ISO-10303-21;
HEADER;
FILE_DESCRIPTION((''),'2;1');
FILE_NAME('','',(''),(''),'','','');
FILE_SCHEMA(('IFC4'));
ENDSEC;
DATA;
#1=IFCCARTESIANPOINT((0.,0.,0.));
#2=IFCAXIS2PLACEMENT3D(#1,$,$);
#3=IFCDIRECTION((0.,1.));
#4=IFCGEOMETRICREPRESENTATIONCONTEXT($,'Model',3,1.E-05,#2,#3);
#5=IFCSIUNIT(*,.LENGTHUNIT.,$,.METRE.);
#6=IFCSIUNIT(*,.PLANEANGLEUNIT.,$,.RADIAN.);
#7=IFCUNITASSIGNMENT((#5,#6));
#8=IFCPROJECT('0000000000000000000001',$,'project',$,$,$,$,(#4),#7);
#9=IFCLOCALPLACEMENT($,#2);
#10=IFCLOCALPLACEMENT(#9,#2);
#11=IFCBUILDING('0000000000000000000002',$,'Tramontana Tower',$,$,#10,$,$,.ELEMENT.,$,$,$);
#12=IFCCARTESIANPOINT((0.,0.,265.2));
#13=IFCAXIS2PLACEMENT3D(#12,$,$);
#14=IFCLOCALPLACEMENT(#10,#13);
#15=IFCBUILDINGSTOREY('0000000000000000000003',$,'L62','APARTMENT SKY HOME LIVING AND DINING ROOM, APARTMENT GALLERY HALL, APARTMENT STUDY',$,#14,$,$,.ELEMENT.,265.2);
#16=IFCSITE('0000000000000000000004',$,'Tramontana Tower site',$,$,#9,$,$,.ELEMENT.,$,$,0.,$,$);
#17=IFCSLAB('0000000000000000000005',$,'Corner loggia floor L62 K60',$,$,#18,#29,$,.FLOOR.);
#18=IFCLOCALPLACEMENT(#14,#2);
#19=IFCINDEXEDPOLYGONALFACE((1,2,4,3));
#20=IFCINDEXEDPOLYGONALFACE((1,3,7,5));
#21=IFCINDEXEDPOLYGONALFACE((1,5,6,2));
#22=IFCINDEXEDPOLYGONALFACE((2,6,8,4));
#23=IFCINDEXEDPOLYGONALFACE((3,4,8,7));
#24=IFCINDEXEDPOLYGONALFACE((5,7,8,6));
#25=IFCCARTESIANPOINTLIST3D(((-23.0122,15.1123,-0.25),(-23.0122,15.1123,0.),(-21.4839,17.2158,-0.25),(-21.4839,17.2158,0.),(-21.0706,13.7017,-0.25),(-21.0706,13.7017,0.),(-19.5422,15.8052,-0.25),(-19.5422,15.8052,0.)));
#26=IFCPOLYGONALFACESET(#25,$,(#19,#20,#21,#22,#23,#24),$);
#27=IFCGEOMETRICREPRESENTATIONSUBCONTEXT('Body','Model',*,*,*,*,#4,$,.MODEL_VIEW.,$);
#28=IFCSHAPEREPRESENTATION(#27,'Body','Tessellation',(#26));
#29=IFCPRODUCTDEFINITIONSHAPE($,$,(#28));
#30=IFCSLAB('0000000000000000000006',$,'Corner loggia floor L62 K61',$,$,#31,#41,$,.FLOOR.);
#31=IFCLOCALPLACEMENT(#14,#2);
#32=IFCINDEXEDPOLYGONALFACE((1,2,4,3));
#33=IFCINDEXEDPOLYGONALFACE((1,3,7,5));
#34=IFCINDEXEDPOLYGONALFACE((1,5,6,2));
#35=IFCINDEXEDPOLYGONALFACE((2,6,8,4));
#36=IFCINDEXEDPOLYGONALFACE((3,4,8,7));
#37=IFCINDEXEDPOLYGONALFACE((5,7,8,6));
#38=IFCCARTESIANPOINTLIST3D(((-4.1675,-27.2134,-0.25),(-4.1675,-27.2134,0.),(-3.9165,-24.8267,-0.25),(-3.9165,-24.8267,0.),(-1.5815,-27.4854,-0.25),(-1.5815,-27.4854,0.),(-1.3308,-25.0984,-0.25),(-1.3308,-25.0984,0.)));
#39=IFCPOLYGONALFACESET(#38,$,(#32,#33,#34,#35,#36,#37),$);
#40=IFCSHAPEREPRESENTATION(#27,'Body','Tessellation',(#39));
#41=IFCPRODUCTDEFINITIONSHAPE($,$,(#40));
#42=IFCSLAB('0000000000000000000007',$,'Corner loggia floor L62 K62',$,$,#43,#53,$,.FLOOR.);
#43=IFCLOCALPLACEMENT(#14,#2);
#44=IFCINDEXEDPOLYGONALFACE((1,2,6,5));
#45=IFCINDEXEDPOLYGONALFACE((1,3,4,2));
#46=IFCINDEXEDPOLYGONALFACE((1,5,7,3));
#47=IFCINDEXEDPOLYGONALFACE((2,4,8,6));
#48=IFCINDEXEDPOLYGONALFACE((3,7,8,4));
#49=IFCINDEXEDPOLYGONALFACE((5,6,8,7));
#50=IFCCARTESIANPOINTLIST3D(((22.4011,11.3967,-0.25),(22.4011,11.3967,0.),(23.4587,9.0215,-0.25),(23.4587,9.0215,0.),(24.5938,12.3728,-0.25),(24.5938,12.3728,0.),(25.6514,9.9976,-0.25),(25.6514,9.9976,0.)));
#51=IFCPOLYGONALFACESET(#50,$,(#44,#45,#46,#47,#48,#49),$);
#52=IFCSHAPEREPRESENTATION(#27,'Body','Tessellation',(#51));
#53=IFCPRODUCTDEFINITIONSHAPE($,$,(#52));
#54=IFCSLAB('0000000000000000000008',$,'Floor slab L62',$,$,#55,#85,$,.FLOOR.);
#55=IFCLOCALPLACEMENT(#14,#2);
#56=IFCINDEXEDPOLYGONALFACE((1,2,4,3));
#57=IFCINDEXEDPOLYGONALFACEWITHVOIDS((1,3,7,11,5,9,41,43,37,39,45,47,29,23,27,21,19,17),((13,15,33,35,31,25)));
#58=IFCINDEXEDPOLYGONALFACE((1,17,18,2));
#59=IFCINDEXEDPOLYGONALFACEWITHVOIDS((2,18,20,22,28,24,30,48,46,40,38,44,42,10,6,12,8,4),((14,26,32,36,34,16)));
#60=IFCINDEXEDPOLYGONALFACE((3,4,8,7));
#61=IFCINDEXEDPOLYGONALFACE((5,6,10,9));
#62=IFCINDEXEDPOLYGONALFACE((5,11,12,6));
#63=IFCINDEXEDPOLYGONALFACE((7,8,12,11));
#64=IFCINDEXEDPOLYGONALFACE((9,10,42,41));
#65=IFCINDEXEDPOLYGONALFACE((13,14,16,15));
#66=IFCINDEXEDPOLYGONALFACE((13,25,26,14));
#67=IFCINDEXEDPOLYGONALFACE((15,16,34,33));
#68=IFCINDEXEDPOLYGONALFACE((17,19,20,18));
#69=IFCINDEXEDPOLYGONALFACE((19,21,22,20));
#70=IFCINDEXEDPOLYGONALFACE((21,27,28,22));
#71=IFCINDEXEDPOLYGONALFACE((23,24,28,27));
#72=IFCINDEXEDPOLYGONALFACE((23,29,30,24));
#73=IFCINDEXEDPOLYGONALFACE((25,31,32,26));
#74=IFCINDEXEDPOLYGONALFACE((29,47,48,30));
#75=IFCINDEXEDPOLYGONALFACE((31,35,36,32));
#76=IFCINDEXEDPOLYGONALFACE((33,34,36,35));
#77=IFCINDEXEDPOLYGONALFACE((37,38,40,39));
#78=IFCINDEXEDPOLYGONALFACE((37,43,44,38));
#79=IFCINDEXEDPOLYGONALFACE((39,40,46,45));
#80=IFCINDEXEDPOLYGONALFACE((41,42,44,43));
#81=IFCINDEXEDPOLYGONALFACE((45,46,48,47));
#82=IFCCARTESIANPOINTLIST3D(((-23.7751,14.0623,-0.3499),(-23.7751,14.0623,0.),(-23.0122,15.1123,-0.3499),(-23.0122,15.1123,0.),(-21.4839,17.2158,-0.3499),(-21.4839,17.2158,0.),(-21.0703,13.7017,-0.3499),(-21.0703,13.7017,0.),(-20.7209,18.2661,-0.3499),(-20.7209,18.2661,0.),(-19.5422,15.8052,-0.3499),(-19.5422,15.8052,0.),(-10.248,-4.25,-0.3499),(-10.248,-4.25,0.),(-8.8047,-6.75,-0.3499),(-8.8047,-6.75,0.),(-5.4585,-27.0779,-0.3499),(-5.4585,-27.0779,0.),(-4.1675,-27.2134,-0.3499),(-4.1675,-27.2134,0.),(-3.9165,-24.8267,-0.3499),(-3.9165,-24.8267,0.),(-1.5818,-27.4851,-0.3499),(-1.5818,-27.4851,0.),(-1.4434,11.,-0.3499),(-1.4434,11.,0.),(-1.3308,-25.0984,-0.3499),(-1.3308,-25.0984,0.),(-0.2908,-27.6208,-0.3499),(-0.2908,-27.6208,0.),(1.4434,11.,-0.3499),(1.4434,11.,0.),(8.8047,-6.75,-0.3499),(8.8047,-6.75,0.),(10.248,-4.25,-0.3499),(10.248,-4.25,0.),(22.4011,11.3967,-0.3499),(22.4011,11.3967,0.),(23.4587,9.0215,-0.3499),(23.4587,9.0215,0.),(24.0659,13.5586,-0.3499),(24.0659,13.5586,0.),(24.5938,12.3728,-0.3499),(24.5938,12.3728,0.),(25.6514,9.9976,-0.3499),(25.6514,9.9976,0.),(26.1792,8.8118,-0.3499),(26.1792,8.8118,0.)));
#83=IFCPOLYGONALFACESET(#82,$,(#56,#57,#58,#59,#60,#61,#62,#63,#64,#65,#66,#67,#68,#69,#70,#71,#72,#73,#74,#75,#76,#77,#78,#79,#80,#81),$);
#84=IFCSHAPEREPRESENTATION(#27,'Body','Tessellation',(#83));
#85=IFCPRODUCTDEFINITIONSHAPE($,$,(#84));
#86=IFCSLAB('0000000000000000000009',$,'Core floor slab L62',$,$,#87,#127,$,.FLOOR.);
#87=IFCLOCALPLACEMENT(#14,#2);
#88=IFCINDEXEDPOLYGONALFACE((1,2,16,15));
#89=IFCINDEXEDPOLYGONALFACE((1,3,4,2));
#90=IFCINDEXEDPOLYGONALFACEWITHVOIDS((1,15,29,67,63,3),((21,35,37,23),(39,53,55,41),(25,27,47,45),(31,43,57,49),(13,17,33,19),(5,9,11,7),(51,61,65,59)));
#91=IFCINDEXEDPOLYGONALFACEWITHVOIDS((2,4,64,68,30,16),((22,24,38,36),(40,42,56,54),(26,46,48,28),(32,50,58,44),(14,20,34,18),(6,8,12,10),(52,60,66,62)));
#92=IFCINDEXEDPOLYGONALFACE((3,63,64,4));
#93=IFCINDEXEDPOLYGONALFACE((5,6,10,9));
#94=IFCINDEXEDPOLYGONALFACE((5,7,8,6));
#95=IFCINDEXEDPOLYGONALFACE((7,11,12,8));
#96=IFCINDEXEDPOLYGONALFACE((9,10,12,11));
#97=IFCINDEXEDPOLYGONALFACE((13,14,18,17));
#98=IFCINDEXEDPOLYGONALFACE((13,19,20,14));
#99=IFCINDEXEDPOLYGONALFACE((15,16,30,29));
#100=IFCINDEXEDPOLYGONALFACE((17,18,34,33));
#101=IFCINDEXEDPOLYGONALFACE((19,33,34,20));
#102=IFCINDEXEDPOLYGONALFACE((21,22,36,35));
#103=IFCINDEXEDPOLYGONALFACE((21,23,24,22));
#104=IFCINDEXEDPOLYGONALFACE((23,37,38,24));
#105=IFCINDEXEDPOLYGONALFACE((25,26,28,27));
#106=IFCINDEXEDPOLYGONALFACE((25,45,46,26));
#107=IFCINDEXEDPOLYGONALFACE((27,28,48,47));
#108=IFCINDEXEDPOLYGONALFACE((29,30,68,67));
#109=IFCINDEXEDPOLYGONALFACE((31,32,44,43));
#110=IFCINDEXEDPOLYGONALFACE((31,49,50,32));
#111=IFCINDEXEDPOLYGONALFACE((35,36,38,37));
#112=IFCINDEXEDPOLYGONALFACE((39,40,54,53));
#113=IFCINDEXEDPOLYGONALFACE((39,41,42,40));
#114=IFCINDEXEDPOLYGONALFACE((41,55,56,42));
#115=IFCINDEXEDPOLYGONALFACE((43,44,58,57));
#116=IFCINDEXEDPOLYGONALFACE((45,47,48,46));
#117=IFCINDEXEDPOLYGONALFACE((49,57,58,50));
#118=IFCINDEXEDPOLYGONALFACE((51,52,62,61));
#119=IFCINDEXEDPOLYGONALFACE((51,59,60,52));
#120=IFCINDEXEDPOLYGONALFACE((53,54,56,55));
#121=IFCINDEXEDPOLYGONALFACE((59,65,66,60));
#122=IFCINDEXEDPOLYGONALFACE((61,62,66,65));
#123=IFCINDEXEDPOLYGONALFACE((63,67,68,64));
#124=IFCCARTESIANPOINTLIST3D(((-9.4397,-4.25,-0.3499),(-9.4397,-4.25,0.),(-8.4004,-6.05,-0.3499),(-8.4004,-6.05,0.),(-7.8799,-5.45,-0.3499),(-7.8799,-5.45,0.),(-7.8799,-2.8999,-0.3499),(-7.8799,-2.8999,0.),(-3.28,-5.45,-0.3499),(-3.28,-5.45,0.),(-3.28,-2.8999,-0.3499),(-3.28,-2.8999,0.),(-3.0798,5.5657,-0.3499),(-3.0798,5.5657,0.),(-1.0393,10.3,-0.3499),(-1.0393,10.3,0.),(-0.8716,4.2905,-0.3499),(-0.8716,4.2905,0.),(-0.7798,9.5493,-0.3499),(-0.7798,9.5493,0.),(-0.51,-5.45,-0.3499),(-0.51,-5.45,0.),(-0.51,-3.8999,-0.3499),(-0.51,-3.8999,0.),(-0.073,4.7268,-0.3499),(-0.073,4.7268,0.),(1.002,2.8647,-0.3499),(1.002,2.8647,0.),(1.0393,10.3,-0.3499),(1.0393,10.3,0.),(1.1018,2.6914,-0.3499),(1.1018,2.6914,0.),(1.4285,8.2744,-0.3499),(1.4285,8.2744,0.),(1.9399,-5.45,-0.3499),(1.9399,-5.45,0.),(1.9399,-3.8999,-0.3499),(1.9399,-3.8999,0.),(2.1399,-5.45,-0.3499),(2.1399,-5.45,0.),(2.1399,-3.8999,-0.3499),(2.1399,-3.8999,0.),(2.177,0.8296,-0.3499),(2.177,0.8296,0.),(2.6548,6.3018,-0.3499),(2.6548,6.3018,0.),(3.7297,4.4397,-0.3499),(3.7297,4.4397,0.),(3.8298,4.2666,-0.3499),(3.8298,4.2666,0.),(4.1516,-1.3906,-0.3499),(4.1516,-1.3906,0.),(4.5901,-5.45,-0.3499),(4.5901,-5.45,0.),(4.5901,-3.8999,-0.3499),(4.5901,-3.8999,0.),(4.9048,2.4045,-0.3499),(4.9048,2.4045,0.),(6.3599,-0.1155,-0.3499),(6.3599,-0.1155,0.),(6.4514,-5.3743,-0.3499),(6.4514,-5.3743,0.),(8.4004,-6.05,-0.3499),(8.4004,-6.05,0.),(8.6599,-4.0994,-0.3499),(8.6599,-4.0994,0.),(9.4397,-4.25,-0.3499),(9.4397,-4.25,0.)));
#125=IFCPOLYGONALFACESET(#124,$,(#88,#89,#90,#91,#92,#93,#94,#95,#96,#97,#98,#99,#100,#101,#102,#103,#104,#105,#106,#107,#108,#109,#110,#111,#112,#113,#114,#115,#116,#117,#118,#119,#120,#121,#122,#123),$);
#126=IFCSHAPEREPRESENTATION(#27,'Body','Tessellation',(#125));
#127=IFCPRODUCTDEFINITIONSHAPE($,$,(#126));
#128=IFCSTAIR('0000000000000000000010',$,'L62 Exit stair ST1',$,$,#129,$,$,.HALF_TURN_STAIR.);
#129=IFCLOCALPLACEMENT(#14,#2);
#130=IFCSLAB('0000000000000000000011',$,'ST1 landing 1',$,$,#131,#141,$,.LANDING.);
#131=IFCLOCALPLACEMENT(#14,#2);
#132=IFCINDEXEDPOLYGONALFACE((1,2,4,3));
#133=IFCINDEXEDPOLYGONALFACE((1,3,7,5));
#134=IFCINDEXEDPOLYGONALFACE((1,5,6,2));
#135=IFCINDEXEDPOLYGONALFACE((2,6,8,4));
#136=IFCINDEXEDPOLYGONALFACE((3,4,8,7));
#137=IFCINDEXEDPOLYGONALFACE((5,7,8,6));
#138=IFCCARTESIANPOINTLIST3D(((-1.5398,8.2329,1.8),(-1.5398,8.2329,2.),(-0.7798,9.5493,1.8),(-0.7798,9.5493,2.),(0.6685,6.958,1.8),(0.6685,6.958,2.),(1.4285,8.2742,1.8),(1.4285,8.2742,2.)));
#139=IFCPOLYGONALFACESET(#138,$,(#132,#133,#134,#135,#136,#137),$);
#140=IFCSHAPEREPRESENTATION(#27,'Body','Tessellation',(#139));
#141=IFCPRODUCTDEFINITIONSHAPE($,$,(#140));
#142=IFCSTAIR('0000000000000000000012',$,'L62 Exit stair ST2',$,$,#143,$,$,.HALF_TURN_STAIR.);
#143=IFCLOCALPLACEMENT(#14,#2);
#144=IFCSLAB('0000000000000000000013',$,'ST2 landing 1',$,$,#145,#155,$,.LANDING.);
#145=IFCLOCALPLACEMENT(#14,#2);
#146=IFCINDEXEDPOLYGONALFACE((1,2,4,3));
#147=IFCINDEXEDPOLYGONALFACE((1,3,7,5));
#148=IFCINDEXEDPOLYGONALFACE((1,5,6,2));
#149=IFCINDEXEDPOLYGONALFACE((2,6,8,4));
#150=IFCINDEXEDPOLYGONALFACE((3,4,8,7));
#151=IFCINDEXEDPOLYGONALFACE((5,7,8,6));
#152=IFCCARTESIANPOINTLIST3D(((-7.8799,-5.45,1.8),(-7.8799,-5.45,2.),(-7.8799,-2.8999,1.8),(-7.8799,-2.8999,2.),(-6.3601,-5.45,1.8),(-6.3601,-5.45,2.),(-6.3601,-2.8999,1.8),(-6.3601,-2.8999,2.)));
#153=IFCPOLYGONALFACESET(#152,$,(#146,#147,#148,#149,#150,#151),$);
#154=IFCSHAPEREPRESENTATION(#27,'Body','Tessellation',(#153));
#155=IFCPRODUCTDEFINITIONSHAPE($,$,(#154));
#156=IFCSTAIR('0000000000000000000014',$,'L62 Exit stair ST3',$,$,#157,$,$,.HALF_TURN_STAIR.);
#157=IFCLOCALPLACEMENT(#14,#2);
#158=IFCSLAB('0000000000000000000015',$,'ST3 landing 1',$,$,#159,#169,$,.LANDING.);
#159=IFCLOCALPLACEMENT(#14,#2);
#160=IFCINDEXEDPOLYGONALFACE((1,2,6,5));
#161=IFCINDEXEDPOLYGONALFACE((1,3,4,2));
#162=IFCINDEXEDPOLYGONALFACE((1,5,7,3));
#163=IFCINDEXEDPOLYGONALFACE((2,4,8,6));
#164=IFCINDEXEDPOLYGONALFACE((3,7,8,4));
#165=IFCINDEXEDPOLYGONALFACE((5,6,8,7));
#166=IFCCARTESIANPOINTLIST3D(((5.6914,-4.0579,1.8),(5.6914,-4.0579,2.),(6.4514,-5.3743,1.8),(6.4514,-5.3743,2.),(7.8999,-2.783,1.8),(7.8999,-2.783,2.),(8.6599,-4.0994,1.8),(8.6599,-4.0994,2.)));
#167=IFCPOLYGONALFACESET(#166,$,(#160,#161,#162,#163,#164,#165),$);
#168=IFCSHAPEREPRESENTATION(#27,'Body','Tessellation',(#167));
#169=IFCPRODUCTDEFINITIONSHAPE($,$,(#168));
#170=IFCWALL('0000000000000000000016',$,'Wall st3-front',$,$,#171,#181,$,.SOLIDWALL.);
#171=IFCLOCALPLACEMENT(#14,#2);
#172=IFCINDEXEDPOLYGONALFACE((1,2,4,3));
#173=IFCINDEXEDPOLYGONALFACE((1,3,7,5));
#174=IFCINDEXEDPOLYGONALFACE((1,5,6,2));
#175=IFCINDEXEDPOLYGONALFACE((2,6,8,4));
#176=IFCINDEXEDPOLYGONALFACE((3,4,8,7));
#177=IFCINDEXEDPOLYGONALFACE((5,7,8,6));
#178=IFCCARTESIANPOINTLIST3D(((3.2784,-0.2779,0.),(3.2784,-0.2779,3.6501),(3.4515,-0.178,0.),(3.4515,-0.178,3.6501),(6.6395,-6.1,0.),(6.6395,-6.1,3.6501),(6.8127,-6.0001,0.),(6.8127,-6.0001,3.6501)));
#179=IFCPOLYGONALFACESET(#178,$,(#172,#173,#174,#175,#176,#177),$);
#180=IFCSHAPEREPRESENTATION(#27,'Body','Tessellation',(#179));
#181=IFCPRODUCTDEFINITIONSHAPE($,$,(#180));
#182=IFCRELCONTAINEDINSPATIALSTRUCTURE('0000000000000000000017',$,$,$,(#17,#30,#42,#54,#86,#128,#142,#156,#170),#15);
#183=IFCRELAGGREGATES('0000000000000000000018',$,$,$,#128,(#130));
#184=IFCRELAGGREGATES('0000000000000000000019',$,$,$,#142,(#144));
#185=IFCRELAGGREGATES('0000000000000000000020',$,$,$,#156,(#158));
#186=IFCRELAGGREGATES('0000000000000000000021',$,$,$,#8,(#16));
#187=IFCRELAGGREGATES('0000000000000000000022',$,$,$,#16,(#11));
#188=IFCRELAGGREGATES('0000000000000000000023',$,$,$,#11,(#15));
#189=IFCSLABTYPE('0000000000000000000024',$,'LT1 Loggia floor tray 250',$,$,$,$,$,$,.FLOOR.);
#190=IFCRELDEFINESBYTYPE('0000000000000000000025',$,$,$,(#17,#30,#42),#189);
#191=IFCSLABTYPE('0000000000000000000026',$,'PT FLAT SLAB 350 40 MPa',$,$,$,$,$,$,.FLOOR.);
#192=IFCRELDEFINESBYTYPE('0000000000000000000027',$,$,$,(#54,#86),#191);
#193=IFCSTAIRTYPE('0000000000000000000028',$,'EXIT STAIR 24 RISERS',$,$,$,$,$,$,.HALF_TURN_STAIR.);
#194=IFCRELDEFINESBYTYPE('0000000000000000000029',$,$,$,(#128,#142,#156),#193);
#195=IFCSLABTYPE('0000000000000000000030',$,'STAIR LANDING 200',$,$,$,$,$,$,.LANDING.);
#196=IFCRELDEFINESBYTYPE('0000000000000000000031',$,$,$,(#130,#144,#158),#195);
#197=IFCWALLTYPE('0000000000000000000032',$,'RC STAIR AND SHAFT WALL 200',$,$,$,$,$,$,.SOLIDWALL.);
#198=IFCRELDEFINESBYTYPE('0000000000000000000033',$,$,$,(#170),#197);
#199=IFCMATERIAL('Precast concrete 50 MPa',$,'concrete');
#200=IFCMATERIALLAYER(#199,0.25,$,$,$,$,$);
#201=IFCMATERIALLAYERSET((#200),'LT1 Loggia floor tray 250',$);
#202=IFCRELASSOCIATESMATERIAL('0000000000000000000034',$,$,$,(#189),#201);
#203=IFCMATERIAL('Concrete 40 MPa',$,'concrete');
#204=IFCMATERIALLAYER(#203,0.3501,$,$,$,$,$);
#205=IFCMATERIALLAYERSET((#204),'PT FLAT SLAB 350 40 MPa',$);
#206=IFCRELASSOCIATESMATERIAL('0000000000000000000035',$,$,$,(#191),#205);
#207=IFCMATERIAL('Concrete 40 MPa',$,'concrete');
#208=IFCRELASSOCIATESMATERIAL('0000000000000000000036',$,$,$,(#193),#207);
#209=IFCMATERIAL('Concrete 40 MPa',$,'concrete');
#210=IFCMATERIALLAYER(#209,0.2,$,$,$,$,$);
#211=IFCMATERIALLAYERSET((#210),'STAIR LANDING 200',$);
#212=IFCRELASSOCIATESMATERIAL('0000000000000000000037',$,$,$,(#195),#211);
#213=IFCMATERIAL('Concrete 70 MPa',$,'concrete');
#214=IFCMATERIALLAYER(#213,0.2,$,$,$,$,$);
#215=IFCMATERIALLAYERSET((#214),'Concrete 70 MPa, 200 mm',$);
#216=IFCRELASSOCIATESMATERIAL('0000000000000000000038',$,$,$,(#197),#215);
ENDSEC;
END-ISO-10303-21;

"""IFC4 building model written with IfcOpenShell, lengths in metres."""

from ifc_helpers import new_model, si_unit, direction, frame, frame_2d, origin, place, context, subcontext, project, spatial, polyline, rectangle, outline, extrude, material, layer, layer_set, type_object, element, aggregate, save


model = new_model("IFC4")

# Units and contexts
model_context = context("Model", 3, precision=1e-05, world=origin(), true_north=direction((0.0, 1.0)))
body_context = subcontext(model_context, "Body", "Model", "MODEL_VIEW")
ifc_project = project(units=[si_unit("LENGTHUNIT", "METRE"), si_unit("PLANEANGLEUNIT", "RADIAN")], contexts=[model_context])

# Site, building, storey
site_placement = place(None, origin())
site = spatial("IfcSite", under=ifc_project, at=site_placement, Name="Tramontana Tower site", CompositionType="ELEMENT", RefElevation=0.0)
building_placement = place(site_placement, origin())
building = spatial("IfcBuilding", under=site, at=building_placement, Name="Tramontana Tower", CompositionType="ELEMENT")
storey_placement = place(building_placement, frame((0.0, 0.0, 265.2)))
storey = spatial("IfcBuildingStorey", under=building, at=storey_placement, Name="L62", Description="APARTMENT SKY HOME LIVING AND DINING ROOM, APARTMENT GALLERY HALL, APARTMENT STUDY", CompositionType="ELEMENT", Elevation=265.2)

# Slabs
ifc_material_1 = material(Name="Precast concrete 50 MPa", Category="concrete")
ifc_layer_1 = layer(ifc_material_1, 0.25)
ifc_layer_set_1 = layer_set([ifc_layer_1], Name="LT1 Loggia floor tray 250")
slab_type_1 = type_object("IfcSlabType", Name="LT1 Loggia floor tray 250", PredefinedType="FLOOR", material=ifc_layer_set_1)
slab_1_placement = place(storey_placement, frame((0.0, 0.0, -0.25)))
element("IfcSlab", 1, at=slab_1_placement, inside=storey, type_object=slab_type_1, Name="Corner loggia floor L62 K60", PredefinedType="FLOOR", context=body_context, shape_type="SweptSolid", body=[
    extrude(outline(polyline([(-21.4839, 17.2158), (-19.5422, 15.8052), (-21.0706, 13.7017), (-23.0122, 15.1123), (-21.4839, 17.2158)])), origin(), (0.0, 0.0, 1.0), 0.25),
])
slab_2_placement = place(storey_placement, frame((0.0, 0.0, -0.25)))
element("IfcSlab", 2, at=slab_2_placement, inside=storey, type_object=slab_type_1, Name="Corner loggia floor L62 K61", PredefinedType="FLOOR", context=body_context, shape_type="SweptSolid", body=[
    extrude(outline(polyline([(-4.1675, -27.2134), (-3.9165, -24.8267), (-1.3308, -25.0984), (-1.5815, -27.4854), (-4.1675, -27.2134)])), origin(), (0.0, 0.0, 1.0), 0.25),
])
slab_3_placement = place(storey_placement, frame((0.0, 0.0, -0.25)))
element("IfcSlab", 3, at=slab_3_placement, inside=storey, type_object=slab_type_1, Name="Corner loggia floor L62 K62", PredefinedType="FLOOR", context=body_context, shape_type="SweptSolid", body=[
    extrude(outline(polyline([(25.6514, 9.9976), (23.4587, 9.0215), (22.4011, 11.3967), (24.5938, 12.3728), (25.6514, 9.9976)])), origin(), (0.0, 0.0, 1.0), 0.25),
])
ifc_material_2 = material(Name="Concrete 40 MPa", Category="concrete")
ifc_layer_2 = layer(ifc_material_2, 0.3501)
ifc_layer_set_2 = layer_set([ifc_layer_2], Name="PT FLAT SLAB 350 40 MPa")
slab_type_2 = type_object("IfcSlabType", Name="PT FLAT SLAB 350 40 MPa", PredefinedType="FLOOR", material=ifc_layer_set_2)
slab_4_placement = place(storey_placement, frame((0.0, 0.0, -0.3499)))
element("IfcSlab", 4, at=slab_4_placement, inside=storey, type_object=slab_type_2, Name="Floor slab L62", PredefinedType="FLOOR", context=body_context, shape_type="SweptSolid", body=[
    extrude(outline(polyline([(24.5938, 12.3728), (22.4011, 11.3967), (23.4587, 9.0215), (25.6514, 9.9976), (26.1792, 8.8118), (-0.2908, -27.6208), (-1.5818, -27.4851), (-1.3308, -25.0984), (-3.9165, -24.8267), (-4.1675, -27.2134), (-5.4585, -27.0779), (-23.7751, 14.0623), (-23.0122, 15.1123), (-21.0703, 13.7017), (-19.5422, 15.8052), (-21.4839, 17.2158), (-20.7209, 18.2661), (24.0659, 13.5586), (24.5938, 12.3728)]), holes=[polyline([(-10.248, -4.25), (-8.8047, -6.75), (8.8047, -6.75), (10.248, -4.25), (1.4434, 11.0), (-1.4434, 11.0), (-10.248, -4.25)])]), origin(), (0.0, 0.0, 1.0), 0.3499),
])
slab_5_placement = place(storey_placement, frame((0.0, 0.0, -0.3499)))
element("IfcSlab", 5, at=slab_5_placement, inside=storey, type_object=slab_type_2, Name="Core floor slab L62", PredefinedType="FLOOR", context=body_context, shape_type="SweptSolid", body=[
    extrude(outline(polyline([(9.4397, -4.25), (8.4004, -6.05), (-8.4004, -6.05), (-9.4397, -4.25), (-1.0393, 10.3), (1.0393, 10.3), (9.4397, -4.25)]), holes=[polyline([(8.6599, -4.0994), (6.3599, -0.1155), (4.1516, -1.3906), (6.4514, -5.3743), (8.6599, -4.0994)]), polyline([(3.8298, 4.2666), (1.1018, 2.6914), (2.177, 0.8296), (4.9048, 2.4045), (3.8298, 4.2666)]), polyline([(4.5901, -3.8999), (2.1399, -3.8999), (2.1399, -5.45), (4.5901, -5.45), (4.5901, -3.8999)]), polyline([(2.6548, 6.3018), (-0.073, 4.7268), (1.002, 2.8647), (3.7297, 4.4397), (2.6548, 6.3018)]), polyline([(1.9399, -5.45), (1.9399, -3.8999), (-0.51, -3.8999), (-0.51, -5.45), (1.9399, -5.45)]), polyline([(-0.7798, 9.5493), (-3.0798, 5.5657), (-0.8716, 4.2905), (1.4285, 8.2744), (-0.7798, 9.5493)]), polyline([(-7.8799, -5.45), (-3.28, -5.45), (-3.28, -2.8999), (-7.8799, -2.8999), (-7.8799, -5.45)])]), origin(), (0.0, 0.0, 1.0), 0.3499),
])

# Stairs, slabs
ifc_material_3 = material(Name="Concrete 40 MPa", Category="concrete")
stair_type = type_object("IfcStairType", Name="EXIT STAIR 24 RISERS", PredefinedType="HALF_TURN_STAIR", material=ifc_material_3)
stair_1_placement = place(storey_placement, origin())
stair_1 = element("IfcStair", 6, at=stair_1_placement, inside=storey, type_object=stair_type, Name="L62 Exit stair ST1", PredefinedType="HALF_TURN_STAIR")
ifc_material_4 = material(Name="Concrete 40 MPa", Category="concrete")
ifc_layer_3 = layer(ifc_material_4, 0.2)
ifc_layer_set_3 = layer_set([ifc_layer_3], Name="STAIR LANDING 200")
slab_type_3 = type_object("IfcSlabType", Name="STAIR LANDING 200", PredefinedType="LANDING", material=ifc_layer_set_3)
slab_6_placement = place(storey_placement, frame((0.0, 0.0, 1.8)))
slab_6 = element("IfcSlab", 7, at=slab_6_placement, type_object=slab_type_3, Name="ST1 landing 1", PredefinedType="LANDING", context=body_context, shape_type="SweptSolid", body=[
    extrude(outline(polyline([(0.6685, 6.958), (1.4285, 8.2742), (-0.7798, 9.5493), (-1.5398, 8.2329), (0.6685, 6.958)])), origin(), (0.0, 0.0, 1.0), 0.2),
])
aggregate(stair_1, [slab_6])
stair_2_placement = place(storey_placement, origin())
stair_2 = element("IfcStair", 8, at=stair_2_placement, inside=storey, type_object=stair_type, Name="L62 Exit stair ST2", PredefinedType="HALF_TURN_STAIR")
slab_7_placement = place(storey_placement, frame((0.0, 0.0, 1.8)))
slab_7 = element("IfcSlab", 9, at=slab_7_placement, type_object=slab_type_3, Name="ST2 landing 1", PredefinedType="LANDING", context=body_context, shape_type="SweptSolid", body=[
    extrude(outline(polyline([(-6.3601, -2.8999), (-7.8799, -2.8999), (-7.8799, -5.45), (-6.3601, -5.45), (-6.3601, -2.8999)])), origin(), (0.0, 0.0, 1.0), 0.2),
])
aggregate(stair_2, [slab_7])
stair_3_placement = place(storey_placement, origin())
stair_3 = element("IfcStair", 10, at=stair_3_placement, inside=storey, type_object=stair_type, Name="L62 Exit stair ST3", PredefinedType="HALF_TURN_STAIR")
slab_8_placement = place(storey_placement, frame((0.0, 0.0, 1.8)))
slab_8 = element("IfcSlab", 11, at=slab_8_placement, type_object=slab_type_3, Name="ST3 landing 1", PredefinedType="LANDING", context=body_context, shape_type="SweptSolid", body=[
    extrude(outline(polyline([(5.6914, -4.0579), (6.4514, -5.3743), (8.6599, -4.0994), (7.8999, -2.783), (5.6914, -4.0579)])), origin(), (0.0, 0.0, 1.0), 0.2),
])

# Wall
ifc_material_5 = material(Name="Concrete 70 MPa", Category="concrete")
ifc_layer_4 = layer(ifc_material_5, 0.2)
ifc_layer_set_4 = layer_set([ifc_layer_4], Name="Concrete 70 MPa, 200 mm")
wall_type = type_object("IfcWallType", Name="RC STAIR AND SHAFT WALL 200", PredefinedType="SOLIDWALL", material=ifc_layer_set_4)
wall_1_placement = place(storey_placement, frame((6.7261, -6.05, 0.0), z_axis=(0.0, 0.0, 1.0), x_axis=(-0.499971, 0.866042, 0.0)))
element("IfcWall", 12, at=wall_1_placement, inside=storey, type_object=wall_type, Name="Wall st3-front", PredefinedType="SOLIDWALL", context=body_context, shape_type="SweptSolid", body=[
    extrude(rectangle(XDim=6.7227, YDim=0.2, at=frame_2d((3.3613, 0.0))), origin(), (0.0, 0.0, 1.0), 3.6501),
])

aggregate(stair_3, [slab_8])

save(model, "model.ifc")
